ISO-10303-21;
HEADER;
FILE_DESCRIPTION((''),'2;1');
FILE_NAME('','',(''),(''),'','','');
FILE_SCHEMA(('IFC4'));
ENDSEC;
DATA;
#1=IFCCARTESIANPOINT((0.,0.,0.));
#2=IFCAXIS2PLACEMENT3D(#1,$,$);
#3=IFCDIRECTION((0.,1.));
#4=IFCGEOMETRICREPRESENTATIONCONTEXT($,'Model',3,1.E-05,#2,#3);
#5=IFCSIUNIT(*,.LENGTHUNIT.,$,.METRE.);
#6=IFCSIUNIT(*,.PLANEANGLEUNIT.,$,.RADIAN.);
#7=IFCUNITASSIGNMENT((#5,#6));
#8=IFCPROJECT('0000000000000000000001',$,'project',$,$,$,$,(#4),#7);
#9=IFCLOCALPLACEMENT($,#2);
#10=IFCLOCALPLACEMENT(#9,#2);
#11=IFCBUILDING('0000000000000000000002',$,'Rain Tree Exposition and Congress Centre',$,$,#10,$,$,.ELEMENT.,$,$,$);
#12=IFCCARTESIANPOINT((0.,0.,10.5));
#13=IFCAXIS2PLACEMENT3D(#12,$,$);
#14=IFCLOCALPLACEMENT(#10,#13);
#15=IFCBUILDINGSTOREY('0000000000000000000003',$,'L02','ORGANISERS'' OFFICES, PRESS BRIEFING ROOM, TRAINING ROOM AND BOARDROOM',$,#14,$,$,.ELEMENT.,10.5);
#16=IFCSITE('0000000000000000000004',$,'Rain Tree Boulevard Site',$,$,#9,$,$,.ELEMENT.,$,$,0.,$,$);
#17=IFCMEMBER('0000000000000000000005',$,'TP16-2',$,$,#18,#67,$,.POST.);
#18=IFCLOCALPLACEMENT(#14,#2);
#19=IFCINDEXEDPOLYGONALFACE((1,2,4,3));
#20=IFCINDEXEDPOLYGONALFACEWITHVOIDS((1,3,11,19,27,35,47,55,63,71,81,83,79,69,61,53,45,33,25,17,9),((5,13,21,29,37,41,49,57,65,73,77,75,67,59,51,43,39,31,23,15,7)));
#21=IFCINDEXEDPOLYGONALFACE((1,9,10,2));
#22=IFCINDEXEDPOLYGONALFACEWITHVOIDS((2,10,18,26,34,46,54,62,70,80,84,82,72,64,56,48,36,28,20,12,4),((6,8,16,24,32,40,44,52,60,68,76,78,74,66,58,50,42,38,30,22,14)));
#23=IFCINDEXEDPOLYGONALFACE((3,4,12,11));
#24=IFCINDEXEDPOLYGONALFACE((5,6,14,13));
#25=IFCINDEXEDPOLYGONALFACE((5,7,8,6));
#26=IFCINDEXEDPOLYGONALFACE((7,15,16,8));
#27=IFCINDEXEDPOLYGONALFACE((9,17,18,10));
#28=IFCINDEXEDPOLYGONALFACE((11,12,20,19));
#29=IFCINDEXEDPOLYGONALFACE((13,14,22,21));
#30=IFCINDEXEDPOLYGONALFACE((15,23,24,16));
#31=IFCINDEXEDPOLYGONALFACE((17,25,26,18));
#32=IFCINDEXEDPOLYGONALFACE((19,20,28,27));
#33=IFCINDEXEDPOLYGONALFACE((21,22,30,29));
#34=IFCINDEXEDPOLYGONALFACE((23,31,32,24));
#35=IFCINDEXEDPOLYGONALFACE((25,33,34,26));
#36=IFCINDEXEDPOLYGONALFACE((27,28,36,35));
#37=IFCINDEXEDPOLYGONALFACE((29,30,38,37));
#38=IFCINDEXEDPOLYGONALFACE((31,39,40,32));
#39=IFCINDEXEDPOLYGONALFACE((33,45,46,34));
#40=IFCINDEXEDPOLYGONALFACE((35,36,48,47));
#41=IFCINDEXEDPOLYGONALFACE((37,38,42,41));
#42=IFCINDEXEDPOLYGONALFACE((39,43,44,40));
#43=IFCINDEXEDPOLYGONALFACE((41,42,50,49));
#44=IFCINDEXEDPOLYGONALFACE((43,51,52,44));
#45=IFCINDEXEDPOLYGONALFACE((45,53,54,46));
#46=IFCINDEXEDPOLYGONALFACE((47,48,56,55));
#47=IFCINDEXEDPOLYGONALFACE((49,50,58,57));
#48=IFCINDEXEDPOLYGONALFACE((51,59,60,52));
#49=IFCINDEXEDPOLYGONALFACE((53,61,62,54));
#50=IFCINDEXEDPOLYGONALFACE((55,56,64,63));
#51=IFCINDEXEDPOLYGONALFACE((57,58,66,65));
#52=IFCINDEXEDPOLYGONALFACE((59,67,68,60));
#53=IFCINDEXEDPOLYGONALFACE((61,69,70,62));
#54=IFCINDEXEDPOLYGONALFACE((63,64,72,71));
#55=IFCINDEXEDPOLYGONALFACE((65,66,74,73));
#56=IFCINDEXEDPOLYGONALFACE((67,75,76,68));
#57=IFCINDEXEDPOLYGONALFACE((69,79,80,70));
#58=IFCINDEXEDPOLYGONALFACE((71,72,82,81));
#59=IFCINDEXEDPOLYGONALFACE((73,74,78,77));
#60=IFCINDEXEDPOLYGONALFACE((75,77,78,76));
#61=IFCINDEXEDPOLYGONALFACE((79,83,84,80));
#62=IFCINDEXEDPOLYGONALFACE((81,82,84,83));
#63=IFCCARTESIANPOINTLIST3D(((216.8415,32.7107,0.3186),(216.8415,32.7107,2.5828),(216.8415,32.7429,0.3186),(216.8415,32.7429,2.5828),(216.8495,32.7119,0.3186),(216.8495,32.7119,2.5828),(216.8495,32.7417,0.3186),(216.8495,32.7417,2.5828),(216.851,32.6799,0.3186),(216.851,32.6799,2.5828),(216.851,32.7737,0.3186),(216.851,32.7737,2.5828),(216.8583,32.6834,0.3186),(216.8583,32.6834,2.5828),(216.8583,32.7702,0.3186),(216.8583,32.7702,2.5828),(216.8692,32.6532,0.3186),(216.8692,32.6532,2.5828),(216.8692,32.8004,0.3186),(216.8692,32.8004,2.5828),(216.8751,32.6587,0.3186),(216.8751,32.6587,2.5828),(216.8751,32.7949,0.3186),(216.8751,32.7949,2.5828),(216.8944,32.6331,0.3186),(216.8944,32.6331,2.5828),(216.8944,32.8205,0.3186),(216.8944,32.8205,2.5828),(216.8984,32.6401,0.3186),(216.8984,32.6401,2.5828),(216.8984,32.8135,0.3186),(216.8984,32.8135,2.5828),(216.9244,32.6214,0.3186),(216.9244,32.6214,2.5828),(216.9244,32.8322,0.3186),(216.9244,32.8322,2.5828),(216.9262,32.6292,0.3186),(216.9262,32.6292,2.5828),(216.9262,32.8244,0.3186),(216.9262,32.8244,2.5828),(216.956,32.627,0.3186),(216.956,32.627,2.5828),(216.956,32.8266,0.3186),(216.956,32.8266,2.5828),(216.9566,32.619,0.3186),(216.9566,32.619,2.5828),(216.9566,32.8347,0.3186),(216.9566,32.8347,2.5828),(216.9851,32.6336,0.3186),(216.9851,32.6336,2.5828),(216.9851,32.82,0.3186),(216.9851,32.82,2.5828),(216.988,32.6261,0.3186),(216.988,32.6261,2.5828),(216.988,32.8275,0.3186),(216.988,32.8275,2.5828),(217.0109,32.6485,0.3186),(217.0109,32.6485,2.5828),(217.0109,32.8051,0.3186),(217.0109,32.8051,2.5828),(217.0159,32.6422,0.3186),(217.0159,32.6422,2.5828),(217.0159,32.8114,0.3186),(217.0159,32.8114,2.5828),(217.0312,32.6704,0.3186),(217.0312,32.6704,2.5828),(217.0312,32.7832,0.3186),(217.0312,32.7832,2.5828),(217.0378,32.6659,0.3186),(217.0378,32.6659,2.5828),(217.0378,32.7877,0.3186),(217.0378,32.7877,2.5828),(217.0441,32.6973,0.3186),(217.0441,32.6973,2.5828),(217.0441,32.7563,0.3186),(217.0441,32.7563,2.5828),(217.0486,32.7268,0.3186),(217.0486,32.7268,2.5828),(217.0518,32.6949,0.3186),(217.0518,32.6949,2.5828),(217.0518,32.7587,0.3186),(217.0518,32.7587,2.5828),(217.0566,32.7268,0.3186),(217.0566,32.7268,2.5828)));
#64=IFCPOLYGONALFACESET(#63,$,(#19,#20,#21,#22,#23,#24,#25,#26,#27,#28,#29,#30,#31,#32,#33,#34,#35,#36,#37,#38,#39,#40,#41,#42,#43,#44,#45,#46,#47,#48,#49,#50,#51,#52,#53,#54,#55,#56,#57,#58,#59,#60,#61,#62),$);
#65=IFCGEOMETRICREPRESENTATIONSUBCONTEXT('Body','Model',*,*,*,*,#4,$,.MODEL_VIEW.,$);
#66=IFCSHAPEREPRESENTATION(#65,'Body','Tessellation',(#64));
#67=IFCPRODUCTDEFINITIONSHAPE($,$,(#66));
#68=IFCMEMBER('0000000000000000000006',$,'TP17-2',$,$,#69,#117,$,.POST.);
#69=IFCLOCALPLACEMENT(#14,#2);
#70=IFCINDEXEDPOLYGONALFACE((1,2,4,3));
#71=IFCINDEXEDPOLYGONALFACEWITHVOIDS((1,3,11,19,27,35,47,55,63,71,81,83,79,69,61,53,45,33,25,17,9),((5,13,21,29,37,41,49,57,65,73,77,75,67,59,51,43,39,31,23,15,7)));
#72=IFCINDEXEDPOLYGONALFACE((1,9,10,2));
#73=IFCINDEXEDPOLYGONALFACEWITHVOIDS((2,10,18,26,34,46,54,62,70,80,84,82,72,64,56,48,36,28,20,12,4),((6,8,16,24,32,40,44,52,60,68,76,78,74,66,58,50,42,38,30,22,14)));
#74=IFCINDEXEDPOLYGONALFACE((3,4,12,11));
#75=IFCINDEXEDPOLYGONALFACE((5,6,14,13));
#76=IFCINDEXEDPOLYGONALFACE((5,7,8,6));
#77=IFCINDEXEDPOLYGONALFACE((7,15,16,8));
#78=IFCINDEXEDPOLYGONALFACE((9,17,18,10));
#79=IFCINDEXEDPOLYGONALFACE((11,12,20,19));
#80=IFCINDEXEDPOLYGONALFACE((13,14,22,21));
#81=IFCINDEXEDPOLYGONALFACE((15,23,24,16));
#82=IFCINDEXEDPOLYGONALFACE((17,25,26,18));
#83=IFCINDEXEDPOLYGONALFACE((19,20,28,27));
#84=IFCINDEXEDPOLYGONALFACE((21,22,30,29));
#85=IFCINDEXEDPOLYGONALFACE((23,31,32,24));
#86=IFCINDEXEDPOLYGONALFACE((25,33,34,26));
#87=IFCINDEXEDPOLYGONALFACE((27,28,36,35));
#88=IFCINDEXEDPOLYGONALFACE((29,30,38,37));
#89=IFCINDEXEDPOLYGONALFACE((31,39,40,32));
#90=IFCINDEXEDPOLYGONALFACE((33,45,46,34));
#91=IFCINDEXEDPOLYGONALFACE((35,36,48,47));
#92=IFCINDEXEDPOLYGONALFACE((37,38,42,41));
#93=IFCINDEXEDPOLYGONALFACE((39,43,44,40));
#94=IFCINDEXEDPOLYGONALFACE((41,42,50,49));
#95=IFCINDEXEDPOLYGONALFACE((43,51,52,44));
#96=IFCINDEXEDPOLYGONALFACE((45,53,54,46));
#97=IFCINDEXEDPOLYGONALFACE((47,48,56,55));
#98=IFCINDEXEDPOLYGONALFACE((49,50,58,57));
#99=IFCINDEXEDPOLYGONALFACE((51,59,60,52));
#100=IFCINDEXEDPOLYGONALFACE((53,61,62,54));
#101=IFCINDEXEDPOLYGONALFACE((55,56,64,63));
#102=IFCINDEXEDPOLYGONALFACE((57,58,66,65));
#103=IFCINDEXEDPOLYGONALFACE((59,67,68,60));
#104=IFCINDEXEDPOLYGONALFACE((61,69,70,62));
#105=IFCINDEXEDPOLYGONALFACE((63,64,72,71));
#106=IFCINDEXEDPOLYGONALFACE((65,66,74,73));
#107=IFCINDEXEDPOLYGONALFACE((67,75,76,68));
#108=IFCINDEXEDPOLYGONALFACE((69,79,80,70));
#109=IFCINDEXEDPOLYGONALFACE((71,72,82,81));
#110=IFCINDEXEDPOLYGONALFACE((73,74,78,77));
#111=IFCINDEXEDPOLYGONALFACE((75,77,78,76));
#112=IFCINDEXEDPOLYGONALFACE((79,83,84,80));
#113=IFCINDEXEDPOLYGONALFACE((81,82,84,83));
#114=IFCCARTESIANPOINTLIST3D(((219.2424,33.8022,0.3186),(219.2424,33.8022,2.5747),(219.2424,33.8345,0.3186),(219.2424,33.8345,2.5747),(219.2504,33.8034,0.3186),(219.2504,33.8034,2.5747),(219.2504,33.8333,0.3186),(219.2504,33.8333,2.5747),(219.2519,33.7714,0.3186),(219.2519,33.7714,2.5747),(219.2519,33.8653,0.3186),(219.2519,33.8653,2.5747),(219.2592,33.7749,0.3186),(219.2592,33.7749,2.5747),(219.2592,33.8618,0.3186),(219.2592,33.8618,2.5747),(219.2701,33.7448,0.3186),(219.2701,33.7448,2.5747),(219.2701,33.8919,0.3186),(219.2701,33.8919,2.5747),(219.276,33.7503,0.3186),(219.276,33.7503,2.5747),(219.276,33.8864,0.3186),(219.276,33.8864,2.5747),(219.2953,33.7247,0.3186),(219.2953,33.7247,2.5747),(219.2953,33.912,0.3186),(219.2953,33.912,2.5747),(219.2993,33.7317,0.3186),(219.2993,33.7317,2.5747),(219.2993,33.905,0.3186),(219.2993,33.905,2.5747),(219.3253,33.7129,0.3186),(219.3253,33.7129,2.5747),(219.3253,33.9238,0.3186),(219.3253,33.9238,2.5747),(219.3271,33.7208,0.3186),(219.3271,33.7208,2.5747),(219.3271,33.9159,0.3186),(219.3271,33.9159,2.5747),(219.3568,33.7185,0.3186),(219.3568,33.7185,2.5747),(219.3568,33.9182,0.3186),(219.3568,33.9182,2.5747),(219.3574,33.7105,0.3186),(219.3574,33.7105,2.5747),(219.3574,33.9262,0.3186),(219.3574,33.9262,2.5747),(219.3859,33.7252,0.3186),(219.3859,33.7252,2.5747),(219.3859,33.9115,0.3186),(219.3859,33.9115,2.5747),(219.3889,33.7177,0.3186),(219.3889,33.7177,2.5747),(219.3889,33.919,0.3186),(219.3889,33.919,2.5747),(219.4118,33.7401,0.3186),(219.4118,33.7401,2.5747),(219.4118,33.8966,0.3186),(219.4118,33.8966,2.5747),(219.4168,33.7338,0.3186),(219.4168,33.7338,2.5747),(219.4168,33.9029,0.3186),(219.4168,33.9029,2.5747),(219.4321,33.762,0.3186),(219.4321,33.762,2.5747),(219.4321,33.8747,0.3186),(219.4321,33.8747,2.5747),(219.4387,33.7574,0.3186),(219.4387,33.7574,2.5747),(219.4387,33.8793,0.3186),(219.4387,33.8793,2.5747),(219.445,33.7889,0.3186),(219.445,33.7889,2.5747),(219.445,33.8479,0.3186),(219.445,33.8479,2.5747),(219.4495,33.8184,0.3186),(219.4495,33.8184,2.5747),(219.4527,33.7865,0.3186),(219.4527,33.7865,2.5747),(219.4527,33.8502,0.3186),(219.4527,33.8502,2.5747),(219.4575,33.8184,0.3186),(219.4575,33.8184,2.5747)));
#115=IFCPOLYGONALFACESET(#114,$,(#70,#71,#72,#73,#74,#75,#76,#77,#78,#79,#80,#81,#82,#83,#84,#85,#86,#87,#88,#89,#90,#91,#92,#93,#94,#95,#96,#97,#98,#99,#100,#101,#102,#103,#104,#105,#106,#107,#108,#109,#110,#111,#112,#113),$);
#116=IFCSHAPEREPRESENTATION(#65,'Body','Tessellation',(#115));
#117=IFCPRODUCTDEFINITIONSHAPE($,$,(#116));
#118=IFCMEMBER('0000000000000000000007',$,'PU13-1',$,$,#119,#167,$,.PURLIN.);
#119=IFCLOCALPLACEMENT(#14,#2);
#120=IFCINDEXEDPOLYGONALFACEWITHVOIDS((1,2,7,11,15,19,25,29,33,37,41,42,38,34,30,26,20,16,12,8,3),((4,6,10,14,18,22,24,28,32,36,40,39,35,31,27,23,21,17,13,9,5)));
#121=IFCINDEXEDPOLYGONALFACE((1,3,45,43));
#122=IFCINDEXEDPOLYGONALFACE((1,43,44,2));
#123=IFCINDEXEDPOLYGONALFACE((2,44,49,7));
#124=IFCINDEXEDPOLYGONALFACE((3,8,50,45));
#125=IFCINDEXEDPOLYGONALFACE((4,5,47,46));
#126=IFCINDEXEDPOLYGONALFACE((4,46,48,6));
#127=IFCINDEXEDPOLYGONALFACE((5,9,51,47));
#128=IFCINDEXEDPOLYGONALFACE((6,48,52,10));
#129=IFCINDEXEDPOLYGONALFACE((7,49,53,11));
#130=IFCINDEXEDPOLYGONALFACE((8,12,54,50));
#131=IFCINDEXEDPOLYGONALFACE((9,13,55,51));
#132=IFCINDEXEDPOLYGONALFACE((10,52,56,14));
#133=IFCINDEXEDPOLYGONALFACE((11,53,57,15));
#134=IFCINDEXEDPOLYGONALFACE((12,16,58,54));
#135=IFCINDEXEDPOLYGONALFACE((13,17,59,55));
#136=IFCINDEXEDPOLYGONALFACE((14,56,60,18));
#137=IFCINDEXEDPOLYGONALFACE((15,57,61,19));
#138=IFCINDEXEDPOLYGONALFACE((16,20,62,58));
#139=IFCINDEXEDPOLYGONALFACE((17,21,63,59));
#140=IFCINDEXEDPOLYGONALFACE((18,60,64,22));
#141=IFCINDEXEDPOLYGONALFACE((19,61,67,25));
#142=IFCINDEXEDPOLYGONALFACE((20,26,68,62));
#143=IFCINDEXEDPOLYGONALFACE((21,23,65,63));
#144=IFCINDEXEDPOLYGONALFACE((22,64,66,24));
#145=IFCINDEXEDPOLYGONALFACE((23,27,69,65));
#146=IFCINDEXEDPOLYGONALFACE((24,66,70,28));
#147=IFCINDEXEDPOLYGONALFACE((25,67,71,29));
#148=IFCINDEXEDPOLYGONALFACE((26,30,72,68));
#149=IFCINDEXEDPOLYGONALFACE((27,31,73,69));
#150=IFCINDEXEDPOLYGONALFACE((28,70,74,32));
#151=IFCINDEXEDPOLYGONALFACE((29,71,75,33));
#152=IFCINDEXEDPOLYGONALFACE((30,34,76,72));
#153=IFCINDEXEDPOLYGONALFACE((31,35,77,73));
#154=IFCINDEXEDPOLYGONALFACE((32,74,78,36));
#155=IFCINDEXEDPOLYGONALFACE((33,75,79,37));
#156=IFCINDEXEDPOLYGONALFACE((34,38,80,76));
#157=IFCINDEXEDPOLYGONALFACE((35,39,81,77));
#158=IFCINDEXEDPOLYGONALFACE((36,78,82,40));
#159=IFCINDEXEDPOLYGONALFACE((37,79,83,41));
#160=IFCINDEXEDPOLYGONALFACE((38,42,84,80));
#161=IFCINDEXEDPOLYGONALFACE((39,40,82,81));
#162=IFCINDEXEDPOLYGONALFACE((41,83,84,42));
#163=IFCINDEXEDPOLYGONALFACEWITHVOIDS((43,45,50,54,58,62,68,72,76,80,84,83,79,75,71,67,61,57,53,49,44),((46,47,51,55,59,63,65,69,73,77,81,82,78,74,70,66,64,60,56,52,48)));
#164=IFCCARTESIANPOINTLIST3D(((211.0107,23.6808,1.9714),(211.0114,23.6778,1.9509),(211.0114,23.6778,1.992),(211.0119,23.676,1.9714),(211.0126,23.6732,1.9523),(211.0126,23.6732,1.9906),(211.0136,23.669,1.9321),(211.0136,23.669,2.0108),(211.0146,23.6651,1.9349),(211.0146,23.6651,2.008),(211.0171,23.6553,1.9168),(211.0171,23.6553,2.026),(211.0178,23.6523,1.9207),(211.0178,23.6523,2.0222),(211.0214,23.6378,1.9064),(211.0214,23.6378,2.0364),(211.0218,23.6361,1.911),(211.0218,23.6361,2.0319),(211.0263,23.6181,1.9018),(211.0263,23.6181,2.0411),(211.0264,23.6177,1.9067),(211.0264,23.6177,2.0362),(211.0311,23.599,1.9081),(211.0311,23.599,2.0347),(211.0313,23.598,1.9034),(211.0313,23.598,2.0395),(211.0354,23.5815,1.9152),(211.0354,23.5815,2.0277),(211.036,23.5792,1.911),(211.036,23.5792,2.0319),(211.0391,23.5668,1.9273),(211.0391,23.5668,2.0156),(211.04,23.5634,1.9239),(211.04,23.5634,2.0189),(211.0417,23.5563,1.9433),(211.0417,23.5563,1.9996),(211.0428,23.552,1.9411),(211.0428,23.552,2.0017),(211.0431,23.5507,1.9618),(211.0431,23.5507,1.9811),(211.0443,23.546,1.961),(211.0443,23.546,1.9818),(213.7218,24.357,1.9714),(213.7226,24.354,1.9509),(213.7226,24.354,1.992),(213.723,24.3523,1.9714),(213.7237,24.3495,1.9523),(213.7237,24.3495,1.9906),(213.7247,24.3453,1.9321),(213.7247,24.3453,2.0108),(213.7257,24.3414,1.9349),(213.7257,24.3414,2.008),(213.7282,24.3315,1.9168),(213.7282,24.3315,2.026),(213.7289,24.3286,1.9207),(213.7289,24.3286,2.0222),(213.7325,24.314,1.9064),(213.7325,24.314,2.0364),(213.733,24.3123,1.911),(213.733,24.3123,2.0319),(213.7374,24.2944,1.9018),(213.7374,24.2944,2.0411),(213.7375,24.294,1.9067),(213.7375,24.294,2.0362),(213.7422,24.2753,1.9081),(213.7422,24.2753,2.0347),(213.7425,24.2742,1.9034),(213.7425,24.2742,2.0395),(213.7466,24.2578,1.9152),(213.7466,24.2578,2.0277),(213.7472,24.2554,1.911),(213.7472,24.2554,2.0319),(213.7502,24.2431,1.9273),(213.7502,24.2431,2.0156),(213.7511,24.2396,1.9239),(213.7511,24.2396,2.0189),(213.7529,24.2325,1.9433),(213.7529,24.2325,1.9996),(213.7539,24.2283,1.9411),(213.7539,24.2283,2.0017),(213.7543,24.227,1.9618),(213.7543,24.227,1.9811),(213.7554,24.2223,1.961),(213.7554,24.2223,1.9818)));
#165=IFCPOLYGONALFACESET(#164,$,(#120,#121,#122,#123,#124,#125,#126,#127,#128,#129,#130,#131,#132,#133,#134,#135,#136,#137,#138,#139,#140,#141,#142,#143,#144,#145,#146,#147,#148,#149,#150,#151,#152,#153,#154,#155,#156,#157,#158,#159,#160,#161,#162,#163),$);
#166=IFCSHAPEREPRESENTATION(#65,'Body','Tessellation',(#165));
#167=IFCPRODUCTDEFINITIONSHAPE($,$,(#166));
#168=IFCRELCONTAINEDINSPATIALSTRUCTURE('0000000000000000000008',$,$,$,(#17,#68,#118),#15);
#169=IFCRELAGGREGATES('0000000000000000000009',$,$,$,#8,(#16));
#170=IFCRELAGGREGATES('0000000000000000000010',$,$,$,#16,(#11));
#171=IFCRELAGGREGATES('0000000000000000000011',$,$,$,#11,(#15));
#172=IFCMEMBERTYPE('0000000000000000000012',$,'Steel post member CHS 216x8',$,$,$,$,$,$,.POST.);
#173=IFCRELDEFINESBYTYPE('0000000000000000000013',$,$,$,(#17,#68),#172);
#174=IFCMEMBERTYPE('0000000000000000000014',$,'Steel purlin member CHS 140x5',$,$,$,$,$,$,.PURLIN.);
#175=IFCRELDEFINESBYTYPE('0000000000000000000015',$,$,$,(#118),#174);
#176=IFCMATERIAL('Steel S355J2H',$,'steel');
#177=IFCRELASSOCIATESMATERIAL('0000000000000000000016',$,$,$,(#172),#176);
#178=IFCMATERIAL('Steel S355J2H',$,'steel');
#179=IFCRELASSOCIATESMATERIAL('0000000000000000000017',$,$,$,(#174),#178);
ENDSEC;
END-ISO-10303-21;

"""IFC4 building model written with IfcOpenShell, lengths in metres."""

from ifc_helpers import new_model, si_unit, direction, frame, origin, origin_2d, place, context, subcontext, project, spatial, hollow_circle, extrude, material, material_profile, profile_set, type_object, element, save


model = new_model("IFC4")

# Units and contexts
model_context = context("Model", 3, precision=1e-05, world=origin(), true_north=direction((0.0, 1.0)))
body_context = subcontext(model_context, "Body", "Model", "MODEL_VIEW")
ifc_project = project(units=[si_unit("LENGTHUNIT", "METRE"), si_unit("PLANEANGLEUNIT", "RADIAN")], contexts=[model_context])

# Site, building, storey
site_placement = place(None, origin())
site = spatial("IfcSite", under=ifc_project, at=site_placement, Name="Rain Tree Boulevard Site", CompositionType="ELEMENT", RefElevation=0.0)
building_placement = place(site_placement, origin())
building = spatial("IfcBuilding", under=site, at=building_placement, Name="Rain Tree Exposition and Congress Centre", CompositionType="ELEMENT")
storey_placement = place(building_placement, frame((0.0, 0.0, 10.5)))
storey = spatial("IfcBuildingStorey", under=building, at=storey_placement, Name="L02", Description="ORGANISERS' OFFICES, PRESS BRIEFING ROOM, TRAINING ROOM AND BOARDROOM", CompositionType="ELEMENT", Elevation=10.5)

# Members
ifc_material_1 = material(Name="Steel S355J2H", Category="steel")
ifc_material_profile_1 = material_profile(ifc_material_1, hollow_circle(Radius=0.1082, WallThickness=0.0081, at=origin_2d()), Name="CHS 216x8")
ifc_profile_set_1 = profile_set([ifc_material_profile_1], Name="Steel S355J2H")
member_type_1 = type_object("IfcMemberType", Name="Steel post member CHS 216x8", PredefinedType="POST", material=ifc_profile_set_1)
member_1_placement = place(storey_placement, frame((216.9485, 32.7268, 0.3186), z_axis=(0.0, 0.0, 1.0), x_axis=(1.0, 0.0, 0.0)))
element("IfcMember", 1, at=member_1_placement, inside=storey, type_object=member_type_1, Name="TP16-2", PredefinedType="POST", context=body_context, shape_type="SweptSolid", body=[
    extrude(hollow_circle(Radius=0.1082, WallThickness=0.0081, at=origin_2d()), origin(), (0.0, 0.0, 1.0), 2.2642),
])
member_2_placement = place(storey_placement, frame((219.3494, 33.8184, 0.3186), z_axis=(0.0, 0.0, 1.0), x_axis=(1.0, 0.0, 0.0)))
element("IfcMember", 2, at=member_2_placement, inside=storey, type_object=member_type_1, Name="TP17-2", PredefinedType="POST", context=body_context, shape_type="SweptSolid", body=[
    extrude(hollow_circle(Radius=0.1082, WallThickness=0.0081, at=origin_2d()), origin(), (0.0, 0.0, 1.0), 2.2561),
])
ifc_material_2 = material(Name="Steel S355J2H", Category="steel")
ifc_material_profile_2 = material_profile(ifc_material_2, hollow_circle(Radius=0.0698, WallThickness=0.0049, at=origin_2d()), Name="CHS 140x5")
ifc_profile_set_2 = profile_set([ifc_material_profile_2], Name="Steel S355J2H")
member_type_2 = type_object("IfcMemberType", Name="Steel purlin member CHS 140x5", PredefinedType="PURLIN", material=ifc_profile_set_2)
member_3_placement = place(storey_placement, frame((211.0276, 23.613, 1.9714), z_axis=(0.970271, 0.242022, 0.0), x_axis=(-0.242022, 0.970271, 0.0)))
element("IfcMember", 3, at=member_3_placement, inside=storey, type_object=member_type_2, Name="PU13-1", PredefinedType="PURLIN", context=body_context, shape_type="SweptSolid", body=[
    extrude(hollow_circle(Radius=0.0698, WallThickness=0.0049, at=origin_2d()), origin(), (0.0, 0.0, 1.0), 2.7942),
])

save(model, "model.ifc")
